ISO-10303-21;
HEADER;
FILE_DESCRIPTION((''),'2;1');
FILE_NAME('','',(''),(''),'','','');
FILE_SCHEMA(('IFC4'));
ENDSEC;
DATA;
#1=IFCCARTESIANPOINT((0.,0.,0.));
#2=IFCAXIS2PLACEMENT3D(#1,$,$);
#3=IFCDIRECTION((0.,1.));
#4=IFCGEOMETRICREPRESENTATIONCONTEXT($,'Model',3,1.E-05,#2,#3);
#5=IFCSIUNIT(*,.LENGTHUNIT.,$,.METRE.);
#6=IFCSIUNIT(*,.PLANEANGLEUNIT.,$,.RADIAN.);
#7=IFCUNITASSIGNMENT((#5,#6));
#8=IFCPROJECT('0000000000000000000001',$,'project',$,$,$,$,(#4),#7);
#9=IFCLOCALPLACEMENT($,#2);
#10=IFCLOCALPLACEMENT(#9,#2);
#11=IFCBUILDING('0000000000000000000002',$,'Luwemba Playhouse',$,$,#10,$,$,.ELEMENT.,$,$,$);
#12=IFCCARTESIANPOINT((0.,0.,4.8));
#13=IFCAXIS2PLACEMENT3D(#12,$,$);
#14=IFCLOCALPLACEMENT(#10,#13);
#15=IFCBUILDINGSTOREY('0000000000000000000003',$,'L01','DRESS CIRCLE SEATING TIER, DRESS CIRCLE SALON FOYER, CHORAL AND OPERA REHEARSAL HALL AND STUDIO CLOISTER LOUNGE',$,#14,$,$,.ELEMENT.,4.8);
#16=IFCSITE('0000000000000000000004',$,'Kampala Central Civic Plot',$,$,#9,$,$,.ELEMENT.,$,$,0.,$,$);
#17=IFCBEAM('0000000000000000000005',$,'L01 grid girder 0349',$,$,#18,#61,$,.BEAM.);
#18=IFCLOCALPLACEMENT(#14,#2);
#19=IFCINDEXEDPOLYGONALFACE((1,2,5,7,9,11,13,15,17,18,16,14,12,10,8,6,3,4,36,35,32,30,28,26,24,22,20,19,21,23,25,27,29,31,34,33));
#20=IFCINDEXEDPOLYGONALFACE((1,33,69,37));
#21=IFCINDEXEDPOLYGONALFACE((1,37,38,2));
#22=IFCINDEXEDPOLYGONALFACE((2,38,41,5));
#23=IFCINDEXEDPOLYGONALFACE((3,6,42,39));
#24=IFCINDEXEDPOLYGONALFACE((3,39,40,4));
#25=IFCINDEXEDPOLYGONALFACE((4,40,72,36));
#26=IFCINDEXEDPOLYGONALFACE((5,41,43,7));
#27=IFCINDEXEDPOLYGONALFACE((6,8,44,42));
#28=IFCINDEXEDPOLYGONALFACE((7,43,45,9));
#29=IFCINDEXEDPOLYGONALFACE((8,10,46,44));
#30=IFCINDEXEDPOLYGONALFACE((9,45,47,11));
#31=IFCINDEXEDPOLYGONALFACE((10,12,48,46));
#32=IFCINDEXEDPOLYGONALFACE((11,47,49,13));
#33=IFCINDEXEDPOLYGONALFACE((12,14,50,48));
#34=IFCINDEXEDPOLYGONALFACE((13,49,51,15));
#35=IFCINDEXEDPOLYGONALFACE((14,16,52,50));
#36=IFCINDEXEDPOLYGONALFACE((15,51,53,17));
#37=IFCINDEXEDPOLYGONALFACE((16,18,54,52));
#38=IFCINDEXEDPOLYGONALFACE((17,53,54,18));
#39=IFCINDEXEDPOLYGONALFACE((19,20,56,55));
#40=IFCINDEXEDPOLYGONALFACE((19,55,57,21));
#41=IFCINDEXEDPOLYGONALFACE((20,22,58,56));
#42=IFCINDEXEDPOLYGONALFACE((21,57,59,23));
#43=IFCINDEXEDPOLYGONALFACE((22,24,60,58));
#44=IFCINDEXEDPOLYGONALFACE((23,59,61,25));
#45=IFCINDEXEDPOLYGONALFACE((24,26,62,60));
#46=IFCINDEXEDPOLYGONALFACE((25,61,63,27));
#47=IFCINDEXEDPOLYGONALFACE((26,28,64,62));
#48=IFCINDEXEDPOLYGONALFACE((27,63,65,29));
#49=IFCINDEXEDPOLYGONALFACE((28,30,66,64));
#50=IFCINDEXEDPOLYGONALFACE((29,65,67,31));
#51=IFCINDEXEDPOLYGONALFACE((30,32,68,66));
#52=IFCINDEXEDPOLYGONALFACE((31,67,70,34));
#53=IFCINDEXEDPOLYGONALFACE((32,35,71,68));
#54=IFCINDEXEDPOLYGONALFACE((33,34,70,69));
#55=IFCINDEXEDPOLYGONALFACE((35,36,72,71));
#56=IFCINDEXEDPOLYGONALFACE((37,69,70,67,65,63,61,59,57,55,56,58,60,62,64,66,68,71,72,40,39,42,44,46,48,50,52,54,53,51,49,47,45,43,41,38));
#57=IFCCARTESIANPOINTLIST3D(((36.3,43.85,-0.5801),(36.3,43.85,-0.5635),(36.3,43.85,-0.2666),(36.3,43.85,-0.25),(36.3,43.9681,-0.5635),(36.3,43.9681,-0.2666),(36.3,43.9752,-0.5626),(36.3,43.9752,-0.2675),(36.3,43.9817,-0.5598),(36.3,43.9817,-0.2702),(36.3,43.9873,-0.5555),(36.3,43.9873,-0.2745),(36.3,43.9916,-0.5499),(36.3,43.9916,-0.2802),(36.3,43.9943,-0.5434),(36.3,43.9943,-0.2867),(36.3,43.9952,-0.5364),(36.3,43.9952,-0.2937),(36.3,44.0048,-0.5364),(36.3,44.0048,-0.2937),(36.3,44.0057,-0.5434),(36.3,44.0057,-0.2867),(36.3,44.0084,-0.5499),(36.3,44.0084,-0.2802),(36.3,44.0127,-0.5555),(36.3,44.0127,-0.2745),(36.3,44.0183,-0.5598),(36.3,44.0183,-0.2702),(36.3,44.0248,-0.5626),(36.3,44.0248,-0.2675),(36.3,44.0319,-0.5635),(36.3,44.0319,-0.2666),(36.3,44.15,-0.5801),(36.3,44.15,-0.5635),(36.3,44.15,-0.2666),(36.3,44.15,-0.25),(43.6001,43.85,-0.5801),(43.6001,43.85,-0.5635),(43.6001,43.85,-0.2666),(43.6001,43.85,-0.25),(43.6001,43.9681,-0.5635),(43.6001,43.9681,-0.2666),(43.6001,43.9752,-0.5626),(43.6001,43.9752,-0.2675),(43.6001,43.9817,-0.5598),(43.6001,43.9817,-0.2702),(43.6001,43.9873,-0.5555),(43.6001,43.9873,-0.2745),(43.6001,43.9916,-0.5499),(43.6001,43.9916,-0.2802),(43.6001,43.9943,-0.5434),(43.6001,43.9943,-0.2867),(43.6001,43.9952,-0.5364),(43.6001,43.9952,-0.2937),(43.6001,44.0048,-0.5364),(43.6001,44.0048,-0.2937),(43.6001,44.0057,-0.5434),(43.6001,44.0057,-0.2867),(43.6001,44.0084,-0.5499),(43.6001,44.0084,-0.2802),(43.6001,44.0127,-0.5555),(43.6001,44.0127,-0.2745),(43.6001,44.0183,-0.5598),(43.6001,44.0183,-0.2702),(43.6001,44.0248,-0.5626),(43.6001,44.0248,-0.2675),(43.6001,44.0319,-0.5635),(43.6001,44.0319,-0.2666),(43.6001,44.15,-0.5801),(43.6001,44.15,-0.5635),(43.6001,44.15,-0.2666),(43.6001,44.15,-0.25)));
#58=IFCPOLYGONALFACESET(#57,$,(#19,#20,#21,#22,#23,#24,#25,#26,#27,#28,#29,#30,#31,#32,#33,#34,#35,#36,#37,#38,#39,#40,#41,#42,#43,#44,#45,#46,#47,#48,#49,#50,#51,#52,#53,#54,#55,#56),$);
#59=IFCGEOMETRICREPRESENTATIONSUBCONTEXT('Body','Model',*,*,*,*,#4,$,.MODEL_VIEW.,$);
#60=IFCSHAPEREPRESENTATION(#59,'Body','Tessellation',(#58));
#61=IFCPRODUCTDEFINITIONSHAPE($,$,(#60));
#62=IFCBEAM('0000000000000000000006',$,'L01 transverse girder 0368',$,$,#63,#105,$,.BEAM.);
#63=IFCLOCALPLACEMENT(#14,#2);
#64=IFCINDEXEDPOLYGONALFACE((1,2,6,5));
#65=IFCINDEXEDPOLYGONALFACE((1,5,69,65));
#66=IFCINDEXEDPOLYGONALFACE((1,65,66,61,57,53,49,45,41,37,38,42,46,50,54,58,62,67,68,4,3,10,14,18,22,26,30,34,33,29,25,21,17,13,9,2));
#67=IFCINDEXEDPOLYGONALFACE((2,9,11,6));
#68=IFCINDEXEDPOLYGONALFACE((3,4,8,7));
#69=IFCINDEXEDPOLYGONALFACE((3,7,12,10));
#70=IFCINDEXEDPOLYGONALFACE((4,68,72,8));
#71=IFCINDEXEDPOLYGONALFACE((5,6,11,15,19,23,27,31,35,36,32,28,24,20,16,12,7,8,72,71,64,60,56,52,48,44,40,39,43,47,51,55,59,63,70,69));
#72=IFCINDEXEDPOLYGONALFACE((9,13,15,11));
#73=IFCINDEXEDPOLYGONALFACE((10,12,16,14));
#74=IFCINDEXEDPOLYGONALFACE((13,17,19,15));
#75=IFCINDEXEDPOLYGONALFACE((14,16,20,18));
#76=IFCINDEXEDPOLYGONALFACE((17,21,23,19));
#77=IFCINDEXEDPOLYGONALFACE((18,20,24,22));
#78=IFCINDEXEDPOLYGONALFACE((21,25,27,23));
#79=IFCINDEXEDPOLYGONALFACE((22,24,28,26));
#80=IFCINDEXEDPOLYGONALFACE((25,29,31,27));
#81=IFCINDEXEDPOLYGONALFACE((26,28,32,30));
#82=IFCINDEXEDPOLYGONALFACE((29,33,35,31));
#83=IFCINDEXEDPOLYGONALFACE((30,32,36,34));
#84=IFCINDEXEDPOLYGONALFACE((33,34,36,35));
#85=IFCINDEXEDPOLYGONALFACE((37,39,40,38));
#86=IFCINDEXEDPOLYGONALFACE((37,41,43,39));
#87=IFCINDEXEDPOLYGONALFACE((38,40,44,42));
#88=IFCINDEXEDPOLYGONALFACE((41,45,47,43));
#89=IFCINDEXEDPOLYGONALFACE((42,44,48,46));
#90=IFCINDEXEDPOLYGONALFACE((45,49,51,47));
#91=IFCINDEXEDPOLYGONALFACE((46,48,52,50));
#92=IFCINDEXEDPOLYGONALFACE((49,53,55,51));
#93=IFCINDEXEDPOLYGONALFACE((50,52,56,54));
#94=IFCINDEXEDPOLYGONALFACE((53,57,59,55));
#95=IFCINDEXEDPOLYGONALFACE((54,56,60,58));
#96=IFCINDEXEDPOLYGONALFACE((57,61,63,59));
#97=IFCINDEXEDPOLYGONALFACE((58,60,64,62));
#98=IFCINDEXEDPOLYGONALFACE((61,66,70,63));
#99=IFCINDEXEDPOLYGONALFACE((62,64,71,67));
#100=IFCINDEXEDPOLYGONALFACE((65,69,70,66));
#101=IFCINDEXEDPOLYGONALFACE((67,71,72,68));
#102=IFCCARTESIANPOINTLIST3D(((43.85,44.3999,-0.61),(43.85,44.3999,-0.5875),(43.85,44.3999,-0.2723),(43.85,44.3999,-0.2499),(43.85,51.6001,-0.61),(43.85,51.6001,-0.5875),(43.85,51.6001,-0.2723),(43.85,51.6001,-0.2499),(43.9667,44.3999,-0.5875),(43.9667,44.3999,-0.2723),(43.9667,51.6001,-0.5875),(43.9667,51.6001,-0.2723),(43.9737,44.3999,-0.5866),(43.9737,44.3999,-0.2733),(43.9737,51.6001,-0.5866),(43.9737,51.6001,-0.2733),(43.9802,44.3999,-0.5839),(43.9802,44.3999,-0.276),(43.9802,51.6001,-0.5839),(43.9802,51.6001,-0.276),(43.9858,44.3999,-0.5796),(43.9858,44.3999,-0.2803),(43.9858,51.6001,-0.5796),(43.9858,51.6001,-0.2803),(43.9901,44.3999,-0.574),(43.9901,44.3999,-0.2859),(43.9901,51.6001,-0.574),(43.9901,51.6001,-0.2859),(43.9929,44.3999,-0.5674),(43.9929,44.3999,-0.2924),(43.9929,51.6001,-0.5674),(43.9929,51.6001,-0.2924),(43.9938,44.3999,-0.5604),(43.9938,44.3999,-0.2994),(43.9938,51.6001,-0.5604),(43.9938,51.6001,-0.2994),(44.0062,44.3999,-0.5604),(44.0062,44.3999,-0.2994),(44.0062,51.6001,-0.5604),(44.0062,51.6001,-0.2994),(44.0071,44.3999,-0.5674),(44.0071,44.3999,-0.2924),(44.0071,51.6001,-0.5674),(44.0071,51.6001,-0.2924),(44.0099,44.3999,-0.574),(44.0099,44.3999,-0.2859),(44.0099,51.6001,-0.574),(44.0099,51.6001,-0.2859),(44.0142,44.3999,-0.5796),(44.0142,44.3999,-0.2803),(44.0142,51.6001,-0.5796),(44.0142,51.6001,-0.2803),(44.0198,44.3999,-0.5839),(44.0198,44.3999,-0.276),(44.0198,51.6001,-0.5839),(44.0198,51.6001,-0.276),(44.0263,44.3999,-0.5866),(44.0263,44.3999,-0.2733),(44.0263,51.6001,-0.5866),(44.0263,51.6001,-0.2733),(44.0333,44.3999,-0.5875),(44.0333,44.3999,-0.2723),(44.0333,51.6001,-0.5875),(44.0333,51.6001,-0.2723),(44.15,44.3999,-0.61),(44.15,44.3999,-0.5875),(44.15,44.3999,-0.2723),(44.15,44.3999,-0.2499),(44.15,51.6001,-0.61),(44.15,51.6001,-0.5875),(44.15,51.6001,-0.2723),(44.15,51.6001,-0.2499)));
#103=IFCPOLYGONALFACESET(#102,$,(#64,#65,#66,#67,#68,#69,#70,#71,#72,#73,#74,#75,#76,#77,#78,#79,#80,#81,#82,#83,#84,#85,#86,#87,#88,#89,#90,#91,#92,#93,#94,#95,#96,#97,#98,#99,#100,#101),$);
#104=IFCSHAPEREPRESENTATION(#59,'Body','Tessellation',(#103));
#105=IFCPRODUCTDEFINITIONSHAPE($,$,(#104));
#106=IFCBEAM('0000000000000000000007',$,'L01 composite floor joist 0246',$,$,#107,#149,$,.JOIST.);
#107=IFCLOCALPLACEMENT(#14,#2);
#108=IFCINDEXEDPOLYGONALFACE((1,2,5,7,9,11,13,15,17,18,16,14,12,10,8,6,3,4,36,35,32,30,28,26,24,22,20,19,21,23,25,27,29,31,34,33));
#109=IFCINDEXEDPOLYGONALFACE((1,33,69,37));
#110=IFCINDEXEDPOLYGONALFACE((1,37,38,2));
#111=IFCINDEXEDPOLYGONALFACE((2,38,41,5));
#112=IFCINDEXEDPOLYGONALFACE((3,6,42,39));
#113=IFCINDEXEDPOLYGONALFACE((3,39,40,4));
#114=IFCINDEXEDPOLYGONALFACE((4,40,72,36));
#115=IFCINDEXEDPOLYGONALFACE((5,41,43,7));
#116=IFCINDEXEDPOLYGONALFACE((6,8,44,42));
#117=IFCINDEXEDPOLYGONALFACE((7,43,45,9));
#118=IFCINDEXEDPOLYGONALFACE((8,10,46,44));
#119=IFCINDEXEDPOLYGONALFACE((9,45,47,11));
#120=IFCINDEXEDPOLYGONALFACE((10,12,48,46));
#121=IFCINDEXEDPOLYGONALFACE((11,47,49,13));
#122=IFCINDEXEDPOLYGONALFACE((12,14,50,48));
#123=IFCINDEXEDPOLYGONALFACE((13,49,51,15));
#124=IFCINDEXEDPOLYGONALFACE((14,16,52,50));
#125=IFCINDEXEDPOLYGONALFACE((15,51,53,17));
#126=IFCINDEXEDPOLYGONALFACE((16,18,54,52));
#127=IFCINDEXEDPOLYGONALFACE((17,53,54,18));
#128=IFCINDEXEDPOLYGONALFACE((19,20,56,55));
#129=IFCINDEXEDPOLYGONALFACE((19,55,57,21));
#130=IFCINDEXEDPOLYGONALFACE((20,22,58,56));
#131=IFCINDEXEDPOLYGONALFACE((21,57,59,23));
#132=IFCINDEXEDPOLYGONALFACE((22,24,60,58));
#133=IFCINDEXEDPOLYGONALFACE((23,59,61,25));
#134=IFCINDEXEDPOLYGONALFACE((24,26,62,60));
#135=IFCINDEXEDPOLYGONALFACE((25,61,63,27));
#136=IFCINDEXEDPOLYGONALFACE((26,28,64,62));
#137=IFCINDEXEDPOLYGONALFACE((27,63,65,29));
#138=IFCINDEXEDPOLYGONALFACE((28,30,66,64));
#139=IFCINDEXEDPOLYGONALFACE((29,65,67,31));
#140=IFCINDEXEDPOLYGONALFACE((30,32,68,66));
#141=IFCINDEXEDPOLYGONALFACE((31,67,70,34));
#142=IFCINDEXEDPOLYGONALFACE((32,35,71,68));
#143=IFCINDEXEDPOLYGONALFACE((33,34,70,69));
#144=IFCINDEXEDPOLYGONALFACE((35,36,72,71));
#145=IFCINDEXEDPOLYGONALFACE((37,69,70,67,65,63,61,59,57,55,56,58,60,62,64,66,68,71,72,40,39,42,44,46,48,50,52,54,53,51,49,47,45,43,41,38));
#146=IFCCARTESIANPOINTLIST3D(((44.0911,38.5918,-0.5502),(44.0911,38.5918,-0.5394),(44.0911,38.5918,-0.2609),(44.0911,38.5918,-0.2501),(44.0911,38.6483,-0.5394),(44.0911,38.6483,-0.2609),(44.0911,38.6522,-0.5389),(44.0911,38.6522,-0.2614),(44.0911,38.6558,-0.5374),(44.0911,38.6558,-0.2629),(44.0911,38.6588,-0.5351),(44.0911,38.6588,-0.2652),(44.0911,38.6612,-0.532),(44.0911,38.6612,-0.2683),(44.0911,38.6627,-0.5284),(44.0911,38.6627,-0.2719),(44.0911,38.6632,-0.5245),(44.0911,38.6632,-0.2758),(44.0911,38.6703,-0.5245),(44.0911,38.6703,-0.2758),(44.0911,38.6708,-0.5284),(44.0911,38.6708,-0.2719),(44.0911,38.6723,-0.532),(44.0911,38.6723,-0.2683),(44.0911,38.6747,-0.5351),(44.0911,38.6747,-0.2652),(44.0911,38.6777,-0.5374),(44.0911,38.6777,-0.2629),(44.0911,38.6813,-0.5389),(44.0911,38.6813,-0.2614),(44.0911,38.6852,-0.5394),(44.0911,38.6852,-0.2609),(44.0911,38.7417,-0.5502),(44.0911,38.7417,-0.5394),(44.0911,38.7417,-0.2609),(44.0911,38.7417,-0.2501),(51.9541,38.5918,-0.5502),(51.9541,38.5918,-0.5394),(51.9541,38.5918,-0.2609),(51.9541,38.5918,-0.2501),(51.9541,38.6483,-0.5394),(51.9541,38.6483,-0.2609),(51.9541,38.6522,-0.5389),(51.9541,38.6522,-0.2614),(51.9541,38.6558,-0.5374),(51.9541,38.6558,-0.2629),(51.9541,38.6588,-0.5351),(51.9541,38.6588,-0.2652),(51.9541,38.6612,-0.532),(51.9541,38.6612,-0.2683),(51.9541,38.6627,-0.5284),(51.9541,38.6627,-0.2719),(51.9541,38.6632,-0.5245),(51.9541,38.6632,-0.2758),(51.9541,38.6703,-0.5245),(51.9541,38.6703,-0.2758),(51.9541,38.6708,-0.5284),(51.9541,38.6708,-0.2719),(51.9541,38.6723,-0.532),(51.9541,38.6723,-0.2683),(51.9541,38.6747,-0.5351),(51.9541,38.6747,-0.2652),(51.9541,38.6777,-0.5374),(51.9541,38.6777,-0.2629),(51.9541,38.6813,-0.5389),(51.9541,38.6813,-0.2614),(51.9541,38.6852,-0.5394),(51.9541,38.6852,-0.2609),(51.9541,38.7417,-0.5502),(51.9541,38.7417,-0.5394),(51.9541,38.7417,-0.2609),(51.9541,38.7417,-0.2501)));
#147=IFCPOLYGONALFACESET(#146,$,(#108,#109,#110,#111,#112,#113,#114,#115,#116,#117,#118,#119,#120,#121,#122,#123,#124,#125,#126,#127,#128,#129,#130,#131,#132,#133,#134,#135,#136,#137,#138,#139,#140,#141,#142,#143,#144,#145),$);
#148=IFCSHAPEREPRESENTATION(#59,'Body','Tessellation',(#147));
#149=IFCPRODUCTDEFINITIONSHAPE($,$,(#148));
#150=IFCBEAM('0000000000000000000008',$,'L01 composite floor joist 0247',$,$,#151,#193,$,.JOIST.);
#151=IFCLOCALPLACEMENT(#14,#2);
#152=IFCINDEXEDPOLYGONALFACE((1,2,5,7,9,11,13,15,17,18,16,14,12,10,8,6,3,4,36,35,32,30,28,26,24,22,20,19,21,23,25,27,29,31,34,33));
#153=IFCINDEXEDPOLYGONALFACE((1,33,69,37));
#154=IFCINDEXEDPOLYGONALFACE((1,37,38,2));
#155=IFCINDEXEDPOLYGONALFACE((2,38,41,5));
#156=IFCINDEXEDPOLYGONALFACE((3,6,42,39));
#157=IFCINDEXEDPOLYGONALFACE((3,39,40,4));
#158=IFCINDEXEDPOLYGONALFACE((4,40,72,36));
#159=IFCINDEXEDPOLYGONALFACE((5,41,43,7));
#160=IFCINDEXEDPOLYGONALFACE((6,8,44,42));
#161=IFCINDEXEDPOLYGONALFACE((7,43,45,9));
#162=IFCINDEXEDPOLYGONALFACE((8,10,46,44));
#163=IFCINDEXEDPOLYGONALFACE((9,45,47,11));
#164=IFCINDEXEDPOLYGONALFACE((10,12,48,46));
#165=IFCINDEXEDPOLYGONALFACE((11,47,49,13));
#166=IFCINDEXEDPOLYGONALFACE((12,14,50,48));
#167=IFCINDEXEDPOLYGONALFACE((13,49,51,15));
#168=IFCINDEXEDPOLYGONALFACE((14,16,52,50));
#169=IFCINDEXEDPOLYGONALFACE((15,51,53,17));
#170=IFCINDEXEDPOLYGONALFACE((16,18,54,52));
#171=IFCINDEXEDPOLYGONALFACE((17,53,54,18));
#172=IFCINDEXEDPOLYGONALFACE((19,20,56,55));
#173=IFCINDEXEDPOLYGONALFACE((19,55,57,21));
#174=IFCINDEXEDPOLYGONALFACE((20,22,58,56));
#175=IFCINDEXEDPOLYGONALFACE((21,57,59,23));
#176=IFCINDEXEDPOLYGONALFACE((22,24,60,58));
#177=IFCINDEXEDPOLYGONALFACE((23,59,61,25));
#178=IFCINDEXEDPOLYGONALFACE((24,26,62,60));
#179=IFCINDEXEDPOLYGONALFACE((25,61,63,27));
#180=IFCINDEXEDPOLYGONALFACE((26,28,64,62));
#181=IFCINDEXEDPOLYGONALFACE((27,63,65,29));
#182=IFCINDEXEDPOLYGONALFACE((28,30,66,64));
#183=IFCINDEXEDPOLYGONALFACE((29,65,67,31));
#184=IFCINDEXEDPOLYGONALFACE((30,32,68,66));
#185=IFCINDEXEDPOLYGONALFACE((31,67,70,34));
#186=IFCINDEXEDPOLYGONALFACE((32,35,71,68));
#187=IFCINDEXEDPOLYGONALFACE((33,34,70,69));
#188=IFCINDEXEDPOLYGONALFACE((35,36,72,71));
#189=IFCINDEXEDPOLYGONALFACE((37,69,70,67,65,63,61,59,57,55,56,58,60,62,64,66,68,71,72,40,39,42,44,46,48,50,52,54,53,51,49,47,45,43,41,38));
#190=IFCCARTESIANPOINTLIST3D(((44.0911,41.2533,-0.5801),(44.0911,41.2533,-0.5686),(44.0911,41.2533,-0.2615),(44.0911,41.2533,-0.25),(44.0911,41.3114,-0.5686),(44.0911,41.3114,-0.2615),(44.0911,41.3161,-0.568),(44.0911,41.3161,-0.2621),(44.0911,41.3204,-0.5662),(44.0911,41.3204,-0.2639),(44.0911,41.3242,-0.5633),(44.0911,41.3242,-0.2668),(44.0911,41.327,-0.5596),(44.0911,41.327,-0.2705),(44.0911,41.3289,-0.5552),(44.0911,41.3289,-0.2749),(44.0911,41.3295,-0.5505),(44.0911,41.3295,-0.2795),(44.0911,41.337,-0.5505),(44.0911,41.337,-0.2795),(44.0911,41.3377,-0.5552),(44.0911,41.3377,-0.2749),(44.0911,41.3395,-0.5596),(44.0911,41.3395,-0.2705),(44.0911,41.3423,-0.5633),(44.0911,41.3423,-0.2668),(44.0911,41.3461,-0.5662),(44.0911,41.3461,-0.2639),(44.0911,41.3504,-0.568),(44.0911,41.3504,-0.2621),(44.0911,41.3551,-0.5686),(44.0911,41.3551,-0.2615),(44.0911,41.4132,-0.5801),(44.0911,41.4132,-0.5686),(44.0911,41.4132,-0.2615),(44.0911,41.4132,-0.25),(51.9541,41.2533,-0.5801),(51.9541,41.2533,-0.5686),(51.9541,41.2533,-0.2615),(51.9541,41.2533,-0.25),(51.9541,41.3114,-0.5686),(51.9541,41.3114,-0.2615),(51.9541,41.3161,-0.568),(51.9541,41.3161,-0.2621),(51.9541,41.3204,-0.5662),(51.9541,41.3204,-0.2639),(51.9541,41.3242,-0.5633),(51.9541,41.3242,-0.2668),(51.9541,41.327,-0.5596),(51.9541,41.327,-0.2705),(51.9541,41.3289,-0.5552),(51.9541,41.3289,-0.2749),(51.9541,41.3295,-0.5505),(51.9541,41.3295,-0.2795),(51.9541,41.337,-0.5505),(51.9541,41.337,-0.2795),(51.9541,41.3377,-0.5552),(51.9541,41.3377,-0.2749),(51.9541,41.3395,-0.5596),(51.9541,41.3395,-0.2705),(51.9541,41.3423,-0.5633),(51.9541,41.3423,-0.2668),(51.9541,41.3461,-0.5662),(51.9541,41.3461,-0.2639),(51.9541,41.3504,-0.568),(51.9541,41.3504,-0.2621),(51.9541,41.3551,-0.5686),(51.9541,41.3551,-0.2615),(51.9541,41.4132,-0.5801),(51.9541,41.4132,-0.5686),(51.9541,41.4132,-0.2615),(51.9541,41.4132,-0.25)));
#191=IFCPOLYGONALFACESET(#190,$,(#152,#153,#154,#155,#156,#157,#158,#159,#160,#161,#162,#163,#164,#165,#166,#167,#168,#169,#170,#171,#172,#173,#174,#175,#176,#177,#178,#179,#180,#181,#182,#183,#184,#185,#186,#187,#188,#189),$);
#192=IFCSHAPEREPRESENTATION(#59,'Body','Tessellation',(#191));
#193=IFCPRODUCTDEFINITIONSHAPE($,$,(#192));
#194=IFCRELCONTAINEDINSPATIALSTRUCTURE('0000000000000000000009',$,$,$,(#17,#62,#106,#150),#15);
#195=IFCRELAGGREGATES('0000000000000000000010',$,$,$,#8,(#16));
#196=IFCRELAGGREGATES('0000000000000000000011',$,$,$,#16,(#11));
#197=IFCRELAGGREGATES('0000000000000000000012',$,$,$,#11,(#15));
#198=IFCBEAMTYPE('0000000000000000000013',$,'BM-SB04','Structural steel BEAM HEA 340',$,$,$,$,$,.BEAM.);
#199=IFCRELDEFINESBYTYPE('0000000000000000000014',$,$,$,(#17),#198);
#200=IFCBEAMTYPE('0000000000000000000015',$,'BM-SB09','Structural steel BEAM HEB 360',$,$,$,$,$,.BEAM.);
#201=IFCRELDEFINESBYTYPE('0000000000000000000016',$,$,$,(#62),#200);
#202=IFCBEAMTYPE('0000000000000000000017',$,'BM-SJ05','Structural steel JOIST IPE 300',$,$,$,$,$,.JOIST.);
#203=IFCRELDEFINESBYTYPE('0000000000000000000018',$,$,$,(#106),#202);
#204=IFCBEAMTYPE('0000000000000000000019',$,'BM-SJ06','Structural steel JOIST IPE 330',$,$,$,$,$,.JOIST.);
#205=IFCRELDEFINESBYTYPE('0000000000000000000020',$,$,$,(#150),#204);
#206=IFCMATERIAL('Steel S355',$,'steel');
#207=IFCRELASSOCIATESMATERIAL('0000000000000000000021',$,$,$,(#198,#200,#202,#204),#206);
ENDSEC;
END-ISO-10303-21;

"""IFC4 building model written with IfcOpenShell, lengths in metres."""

from ifc_helpers import new_model, si_unit, direction, frame, origin, origin_2d, place, context, subcontext, project, spatial, i_section, extrude, material, material_profile, profile_set, type_object, element, save


model = new_model("IFC4")

# Units and contexts
model_context = context("Model", 3, precision=1e-05, world=origin(), true_north=direction((0.0, 1.0)))
body_context = subcontext(model_context, "Body", "Model", "MODEL_VIEW")
ifc_project = project(units=[si_unit("LENGTHUNIT", "METRE"), si_unit("PLANEANGLEUNIT", "RADIAN")], contexts=[model_context])

# Site, building, storey
site_placement = place(None, origin())
site = spatial("IfcSite", under=ifc_project, at=site_placement, Name="Kampala Central Civic Plot", CompositionType="ELEMENT", RefElevation=0.0)
building_placement = place(site_placement, origin())
building = spatial("IfcBuilding", under=site, at=building_placement, Name="Luwemba Playhouse", CompositionType="ELEMENT")
storey_placement = place(building_placement, frame((0.0, 0.0, 4.8)))
storey = spatial("IfcBuildingStorey", under=building, at=storey_placement, Name="L01", Description="DRESS CIRCLE SEATING TIER, DRESS CIRCLE SALON FOYER, CHORAL AND OPERA REHEARSAL HALL AND STUDIO CLOISTER LOUNGE", CompositionType="ELEMENT", Elevation=4.8)

# Beams
ifc_material_1 = material(Name="Steel S355", Category="steel")
ifc_material_profile_1 = material_profile(ifc_material_1, i_section(OverallWidth=0.3, OverallDepth=0.3301, WebThickness=0.0095, FlangeThickness=0.0166, FilletRadius=0.0271, at=origin_2d()))
ifc_profile_set_1 = profile_set([ifc_material_profile_1], Name="Steel S355")
beam_type_1 = type_object("IfcBeamType", Name="BM-SB04", Description="Structural steel BEAM HEA 340", PredefinedType="BEAM", material=ifc_profile_set_1)
beam_1_placement = place(storey_placement, frame((36.3, 44.0, -0.415), z_axis=(1.0, 0.0, 0.0), x_axis=(0.0, 1.0, 0.0)))
element("IfcBeam", 1, at=beam_1_placement, inside=storey, type_object=beam_type_1, Name="L01 grid girder 0349", PredefinedType="BEAM", context=body_context, shape_type="SweptSolid", body=[
    extrude(i_section(OverallWidth=0.3, OverallDepth=0.3301, WebThickness=0.0095, FlangeThickness=0.0166, FilletRadius=0.0271, at=origin_2d()), origin(), (0.0, 0.0, 1.0), 7.3),
])
ifc_material_profile_2 = material_profile(ifc_material_1, i_section(OverallWidth=0.3, OverallDepth=0.3601, WebThickness=0.0125, FlangeThickness=0.0225, FilletRadius=0.0271, at=origin_2d()))
ifc_profile_set_2 = profile_set([ifc_material_profile_2], Name="Steel S355")
beam_type_2 = type_object("IfcBeamType", Name="BM-SB09", Description="Structural steel BEAM HEB 360", PredefinedType="BEAM", material=ifc_profile_set_2)
beam_2_placement = place(storey_placement, frame((44.0, 44.3999, -0.4299), z_axis=(0.0, 1.0, 0.0), x_axis=(-1.0, 0.0, 0.0)))
element("IfcBeam", 2, at=beam_2_placement, inside=storey, type_object=beam_type_2, Name="L01 transverse girder 0368", PredefinedType="BEAM", context=body_context, shape_type="SweptSolid", body=[
    extrude(i_section(OverallWidth=0.3, OverallDepth=0.3601, WebThickness=0.0125, FlangeThickness=0.0225, FilletRadius=0.0271, at=origin_2d()), origin(), (0.0, 0.0, 1.0), 7.2002),
])
ifc_material_profile_3 = material_profile(ifc_material_1, i_section(OverallWidth=0.1499, OverallDepth=0.3, WebThickness=0.0071, FlangeThickness=0.0107, FilletRadius=0.0149, at=origin_2d()))
ifc_profile_set_3 = profile_set([ifc_material_profile_3], Name="Steel S355")
beam_type_3 = type_object("IfcBeamType", Name="BM-SJ05", Description="Structural steel JOIST IPE 300", PredefinedType="JOIST", material=ifc_profile_set_3)
beam_3_placement = place(storey_placement, frame((44.0911, 38.6667, -0.4001), z_axis=(1.0, 0.0, 0.0), x_axis=(0.0, 1.0, 0.0)))
element("IfcBeam", 3, at=beam_3_placement, inside=storey, type_object=beam_type_3, Name="L01 composite floor joist 0246", PredefinedType="JOIST", context=body_context, shape_type="SweptSolid", body=[
    extrude(i_section(OverallWidth=0.1499, OverallDepth=0.3, WebThickness=0.0071, FlangeThickness=0.0107, FilletRadius=0.0149, at=origin_2d()), origin(), (0.0, 0.0, 1.0), 7.863),
])
ifc_material_profile_4 = material_profile(ifc_material_1, i_section(OverallWidth=0.1599, OverallDepth=0.3301, WebThickness=0.0076, FlangeThickness=0.0115, FilletRadius=0.0181, at=origin_2d()))
ifc_profile_set_4 = profile_set([ifc_material_profile_4], Name="Steel S355")
beam_type_4 = type_object("IfcBeamType", Name="BM-SJ06", Description="Structural steel JOIST IPE 330", PredefinedType="JOIST", material=ifc_profile_set_4)
beam_4_placement = place(storey_placement, frame((44.0911, 41.3333, -0.415), z_axis=(1.0, 0.0, 0.0), x_axis=(0.0, 1.0, 0.0)))
element("IfcBeam", 4, at=beam_4_placement, inside=storey, type_object=beam_type_4, Name="L01 composite floor joist 0247", PredefinedType="JOIST", context=body_context, shape_type="SweptSolid", body=[
    extrude(i_section(OverallWidth=0.1599, OverallDepth=0.3301, WebThickness=0.0076, FlangeThickness=0.0115, FilletRadius=0.0181, at=origin_2d()), origin(), (0.0, 0.0, 1.0), 7.863),
])

save(model, "model.ifc")
